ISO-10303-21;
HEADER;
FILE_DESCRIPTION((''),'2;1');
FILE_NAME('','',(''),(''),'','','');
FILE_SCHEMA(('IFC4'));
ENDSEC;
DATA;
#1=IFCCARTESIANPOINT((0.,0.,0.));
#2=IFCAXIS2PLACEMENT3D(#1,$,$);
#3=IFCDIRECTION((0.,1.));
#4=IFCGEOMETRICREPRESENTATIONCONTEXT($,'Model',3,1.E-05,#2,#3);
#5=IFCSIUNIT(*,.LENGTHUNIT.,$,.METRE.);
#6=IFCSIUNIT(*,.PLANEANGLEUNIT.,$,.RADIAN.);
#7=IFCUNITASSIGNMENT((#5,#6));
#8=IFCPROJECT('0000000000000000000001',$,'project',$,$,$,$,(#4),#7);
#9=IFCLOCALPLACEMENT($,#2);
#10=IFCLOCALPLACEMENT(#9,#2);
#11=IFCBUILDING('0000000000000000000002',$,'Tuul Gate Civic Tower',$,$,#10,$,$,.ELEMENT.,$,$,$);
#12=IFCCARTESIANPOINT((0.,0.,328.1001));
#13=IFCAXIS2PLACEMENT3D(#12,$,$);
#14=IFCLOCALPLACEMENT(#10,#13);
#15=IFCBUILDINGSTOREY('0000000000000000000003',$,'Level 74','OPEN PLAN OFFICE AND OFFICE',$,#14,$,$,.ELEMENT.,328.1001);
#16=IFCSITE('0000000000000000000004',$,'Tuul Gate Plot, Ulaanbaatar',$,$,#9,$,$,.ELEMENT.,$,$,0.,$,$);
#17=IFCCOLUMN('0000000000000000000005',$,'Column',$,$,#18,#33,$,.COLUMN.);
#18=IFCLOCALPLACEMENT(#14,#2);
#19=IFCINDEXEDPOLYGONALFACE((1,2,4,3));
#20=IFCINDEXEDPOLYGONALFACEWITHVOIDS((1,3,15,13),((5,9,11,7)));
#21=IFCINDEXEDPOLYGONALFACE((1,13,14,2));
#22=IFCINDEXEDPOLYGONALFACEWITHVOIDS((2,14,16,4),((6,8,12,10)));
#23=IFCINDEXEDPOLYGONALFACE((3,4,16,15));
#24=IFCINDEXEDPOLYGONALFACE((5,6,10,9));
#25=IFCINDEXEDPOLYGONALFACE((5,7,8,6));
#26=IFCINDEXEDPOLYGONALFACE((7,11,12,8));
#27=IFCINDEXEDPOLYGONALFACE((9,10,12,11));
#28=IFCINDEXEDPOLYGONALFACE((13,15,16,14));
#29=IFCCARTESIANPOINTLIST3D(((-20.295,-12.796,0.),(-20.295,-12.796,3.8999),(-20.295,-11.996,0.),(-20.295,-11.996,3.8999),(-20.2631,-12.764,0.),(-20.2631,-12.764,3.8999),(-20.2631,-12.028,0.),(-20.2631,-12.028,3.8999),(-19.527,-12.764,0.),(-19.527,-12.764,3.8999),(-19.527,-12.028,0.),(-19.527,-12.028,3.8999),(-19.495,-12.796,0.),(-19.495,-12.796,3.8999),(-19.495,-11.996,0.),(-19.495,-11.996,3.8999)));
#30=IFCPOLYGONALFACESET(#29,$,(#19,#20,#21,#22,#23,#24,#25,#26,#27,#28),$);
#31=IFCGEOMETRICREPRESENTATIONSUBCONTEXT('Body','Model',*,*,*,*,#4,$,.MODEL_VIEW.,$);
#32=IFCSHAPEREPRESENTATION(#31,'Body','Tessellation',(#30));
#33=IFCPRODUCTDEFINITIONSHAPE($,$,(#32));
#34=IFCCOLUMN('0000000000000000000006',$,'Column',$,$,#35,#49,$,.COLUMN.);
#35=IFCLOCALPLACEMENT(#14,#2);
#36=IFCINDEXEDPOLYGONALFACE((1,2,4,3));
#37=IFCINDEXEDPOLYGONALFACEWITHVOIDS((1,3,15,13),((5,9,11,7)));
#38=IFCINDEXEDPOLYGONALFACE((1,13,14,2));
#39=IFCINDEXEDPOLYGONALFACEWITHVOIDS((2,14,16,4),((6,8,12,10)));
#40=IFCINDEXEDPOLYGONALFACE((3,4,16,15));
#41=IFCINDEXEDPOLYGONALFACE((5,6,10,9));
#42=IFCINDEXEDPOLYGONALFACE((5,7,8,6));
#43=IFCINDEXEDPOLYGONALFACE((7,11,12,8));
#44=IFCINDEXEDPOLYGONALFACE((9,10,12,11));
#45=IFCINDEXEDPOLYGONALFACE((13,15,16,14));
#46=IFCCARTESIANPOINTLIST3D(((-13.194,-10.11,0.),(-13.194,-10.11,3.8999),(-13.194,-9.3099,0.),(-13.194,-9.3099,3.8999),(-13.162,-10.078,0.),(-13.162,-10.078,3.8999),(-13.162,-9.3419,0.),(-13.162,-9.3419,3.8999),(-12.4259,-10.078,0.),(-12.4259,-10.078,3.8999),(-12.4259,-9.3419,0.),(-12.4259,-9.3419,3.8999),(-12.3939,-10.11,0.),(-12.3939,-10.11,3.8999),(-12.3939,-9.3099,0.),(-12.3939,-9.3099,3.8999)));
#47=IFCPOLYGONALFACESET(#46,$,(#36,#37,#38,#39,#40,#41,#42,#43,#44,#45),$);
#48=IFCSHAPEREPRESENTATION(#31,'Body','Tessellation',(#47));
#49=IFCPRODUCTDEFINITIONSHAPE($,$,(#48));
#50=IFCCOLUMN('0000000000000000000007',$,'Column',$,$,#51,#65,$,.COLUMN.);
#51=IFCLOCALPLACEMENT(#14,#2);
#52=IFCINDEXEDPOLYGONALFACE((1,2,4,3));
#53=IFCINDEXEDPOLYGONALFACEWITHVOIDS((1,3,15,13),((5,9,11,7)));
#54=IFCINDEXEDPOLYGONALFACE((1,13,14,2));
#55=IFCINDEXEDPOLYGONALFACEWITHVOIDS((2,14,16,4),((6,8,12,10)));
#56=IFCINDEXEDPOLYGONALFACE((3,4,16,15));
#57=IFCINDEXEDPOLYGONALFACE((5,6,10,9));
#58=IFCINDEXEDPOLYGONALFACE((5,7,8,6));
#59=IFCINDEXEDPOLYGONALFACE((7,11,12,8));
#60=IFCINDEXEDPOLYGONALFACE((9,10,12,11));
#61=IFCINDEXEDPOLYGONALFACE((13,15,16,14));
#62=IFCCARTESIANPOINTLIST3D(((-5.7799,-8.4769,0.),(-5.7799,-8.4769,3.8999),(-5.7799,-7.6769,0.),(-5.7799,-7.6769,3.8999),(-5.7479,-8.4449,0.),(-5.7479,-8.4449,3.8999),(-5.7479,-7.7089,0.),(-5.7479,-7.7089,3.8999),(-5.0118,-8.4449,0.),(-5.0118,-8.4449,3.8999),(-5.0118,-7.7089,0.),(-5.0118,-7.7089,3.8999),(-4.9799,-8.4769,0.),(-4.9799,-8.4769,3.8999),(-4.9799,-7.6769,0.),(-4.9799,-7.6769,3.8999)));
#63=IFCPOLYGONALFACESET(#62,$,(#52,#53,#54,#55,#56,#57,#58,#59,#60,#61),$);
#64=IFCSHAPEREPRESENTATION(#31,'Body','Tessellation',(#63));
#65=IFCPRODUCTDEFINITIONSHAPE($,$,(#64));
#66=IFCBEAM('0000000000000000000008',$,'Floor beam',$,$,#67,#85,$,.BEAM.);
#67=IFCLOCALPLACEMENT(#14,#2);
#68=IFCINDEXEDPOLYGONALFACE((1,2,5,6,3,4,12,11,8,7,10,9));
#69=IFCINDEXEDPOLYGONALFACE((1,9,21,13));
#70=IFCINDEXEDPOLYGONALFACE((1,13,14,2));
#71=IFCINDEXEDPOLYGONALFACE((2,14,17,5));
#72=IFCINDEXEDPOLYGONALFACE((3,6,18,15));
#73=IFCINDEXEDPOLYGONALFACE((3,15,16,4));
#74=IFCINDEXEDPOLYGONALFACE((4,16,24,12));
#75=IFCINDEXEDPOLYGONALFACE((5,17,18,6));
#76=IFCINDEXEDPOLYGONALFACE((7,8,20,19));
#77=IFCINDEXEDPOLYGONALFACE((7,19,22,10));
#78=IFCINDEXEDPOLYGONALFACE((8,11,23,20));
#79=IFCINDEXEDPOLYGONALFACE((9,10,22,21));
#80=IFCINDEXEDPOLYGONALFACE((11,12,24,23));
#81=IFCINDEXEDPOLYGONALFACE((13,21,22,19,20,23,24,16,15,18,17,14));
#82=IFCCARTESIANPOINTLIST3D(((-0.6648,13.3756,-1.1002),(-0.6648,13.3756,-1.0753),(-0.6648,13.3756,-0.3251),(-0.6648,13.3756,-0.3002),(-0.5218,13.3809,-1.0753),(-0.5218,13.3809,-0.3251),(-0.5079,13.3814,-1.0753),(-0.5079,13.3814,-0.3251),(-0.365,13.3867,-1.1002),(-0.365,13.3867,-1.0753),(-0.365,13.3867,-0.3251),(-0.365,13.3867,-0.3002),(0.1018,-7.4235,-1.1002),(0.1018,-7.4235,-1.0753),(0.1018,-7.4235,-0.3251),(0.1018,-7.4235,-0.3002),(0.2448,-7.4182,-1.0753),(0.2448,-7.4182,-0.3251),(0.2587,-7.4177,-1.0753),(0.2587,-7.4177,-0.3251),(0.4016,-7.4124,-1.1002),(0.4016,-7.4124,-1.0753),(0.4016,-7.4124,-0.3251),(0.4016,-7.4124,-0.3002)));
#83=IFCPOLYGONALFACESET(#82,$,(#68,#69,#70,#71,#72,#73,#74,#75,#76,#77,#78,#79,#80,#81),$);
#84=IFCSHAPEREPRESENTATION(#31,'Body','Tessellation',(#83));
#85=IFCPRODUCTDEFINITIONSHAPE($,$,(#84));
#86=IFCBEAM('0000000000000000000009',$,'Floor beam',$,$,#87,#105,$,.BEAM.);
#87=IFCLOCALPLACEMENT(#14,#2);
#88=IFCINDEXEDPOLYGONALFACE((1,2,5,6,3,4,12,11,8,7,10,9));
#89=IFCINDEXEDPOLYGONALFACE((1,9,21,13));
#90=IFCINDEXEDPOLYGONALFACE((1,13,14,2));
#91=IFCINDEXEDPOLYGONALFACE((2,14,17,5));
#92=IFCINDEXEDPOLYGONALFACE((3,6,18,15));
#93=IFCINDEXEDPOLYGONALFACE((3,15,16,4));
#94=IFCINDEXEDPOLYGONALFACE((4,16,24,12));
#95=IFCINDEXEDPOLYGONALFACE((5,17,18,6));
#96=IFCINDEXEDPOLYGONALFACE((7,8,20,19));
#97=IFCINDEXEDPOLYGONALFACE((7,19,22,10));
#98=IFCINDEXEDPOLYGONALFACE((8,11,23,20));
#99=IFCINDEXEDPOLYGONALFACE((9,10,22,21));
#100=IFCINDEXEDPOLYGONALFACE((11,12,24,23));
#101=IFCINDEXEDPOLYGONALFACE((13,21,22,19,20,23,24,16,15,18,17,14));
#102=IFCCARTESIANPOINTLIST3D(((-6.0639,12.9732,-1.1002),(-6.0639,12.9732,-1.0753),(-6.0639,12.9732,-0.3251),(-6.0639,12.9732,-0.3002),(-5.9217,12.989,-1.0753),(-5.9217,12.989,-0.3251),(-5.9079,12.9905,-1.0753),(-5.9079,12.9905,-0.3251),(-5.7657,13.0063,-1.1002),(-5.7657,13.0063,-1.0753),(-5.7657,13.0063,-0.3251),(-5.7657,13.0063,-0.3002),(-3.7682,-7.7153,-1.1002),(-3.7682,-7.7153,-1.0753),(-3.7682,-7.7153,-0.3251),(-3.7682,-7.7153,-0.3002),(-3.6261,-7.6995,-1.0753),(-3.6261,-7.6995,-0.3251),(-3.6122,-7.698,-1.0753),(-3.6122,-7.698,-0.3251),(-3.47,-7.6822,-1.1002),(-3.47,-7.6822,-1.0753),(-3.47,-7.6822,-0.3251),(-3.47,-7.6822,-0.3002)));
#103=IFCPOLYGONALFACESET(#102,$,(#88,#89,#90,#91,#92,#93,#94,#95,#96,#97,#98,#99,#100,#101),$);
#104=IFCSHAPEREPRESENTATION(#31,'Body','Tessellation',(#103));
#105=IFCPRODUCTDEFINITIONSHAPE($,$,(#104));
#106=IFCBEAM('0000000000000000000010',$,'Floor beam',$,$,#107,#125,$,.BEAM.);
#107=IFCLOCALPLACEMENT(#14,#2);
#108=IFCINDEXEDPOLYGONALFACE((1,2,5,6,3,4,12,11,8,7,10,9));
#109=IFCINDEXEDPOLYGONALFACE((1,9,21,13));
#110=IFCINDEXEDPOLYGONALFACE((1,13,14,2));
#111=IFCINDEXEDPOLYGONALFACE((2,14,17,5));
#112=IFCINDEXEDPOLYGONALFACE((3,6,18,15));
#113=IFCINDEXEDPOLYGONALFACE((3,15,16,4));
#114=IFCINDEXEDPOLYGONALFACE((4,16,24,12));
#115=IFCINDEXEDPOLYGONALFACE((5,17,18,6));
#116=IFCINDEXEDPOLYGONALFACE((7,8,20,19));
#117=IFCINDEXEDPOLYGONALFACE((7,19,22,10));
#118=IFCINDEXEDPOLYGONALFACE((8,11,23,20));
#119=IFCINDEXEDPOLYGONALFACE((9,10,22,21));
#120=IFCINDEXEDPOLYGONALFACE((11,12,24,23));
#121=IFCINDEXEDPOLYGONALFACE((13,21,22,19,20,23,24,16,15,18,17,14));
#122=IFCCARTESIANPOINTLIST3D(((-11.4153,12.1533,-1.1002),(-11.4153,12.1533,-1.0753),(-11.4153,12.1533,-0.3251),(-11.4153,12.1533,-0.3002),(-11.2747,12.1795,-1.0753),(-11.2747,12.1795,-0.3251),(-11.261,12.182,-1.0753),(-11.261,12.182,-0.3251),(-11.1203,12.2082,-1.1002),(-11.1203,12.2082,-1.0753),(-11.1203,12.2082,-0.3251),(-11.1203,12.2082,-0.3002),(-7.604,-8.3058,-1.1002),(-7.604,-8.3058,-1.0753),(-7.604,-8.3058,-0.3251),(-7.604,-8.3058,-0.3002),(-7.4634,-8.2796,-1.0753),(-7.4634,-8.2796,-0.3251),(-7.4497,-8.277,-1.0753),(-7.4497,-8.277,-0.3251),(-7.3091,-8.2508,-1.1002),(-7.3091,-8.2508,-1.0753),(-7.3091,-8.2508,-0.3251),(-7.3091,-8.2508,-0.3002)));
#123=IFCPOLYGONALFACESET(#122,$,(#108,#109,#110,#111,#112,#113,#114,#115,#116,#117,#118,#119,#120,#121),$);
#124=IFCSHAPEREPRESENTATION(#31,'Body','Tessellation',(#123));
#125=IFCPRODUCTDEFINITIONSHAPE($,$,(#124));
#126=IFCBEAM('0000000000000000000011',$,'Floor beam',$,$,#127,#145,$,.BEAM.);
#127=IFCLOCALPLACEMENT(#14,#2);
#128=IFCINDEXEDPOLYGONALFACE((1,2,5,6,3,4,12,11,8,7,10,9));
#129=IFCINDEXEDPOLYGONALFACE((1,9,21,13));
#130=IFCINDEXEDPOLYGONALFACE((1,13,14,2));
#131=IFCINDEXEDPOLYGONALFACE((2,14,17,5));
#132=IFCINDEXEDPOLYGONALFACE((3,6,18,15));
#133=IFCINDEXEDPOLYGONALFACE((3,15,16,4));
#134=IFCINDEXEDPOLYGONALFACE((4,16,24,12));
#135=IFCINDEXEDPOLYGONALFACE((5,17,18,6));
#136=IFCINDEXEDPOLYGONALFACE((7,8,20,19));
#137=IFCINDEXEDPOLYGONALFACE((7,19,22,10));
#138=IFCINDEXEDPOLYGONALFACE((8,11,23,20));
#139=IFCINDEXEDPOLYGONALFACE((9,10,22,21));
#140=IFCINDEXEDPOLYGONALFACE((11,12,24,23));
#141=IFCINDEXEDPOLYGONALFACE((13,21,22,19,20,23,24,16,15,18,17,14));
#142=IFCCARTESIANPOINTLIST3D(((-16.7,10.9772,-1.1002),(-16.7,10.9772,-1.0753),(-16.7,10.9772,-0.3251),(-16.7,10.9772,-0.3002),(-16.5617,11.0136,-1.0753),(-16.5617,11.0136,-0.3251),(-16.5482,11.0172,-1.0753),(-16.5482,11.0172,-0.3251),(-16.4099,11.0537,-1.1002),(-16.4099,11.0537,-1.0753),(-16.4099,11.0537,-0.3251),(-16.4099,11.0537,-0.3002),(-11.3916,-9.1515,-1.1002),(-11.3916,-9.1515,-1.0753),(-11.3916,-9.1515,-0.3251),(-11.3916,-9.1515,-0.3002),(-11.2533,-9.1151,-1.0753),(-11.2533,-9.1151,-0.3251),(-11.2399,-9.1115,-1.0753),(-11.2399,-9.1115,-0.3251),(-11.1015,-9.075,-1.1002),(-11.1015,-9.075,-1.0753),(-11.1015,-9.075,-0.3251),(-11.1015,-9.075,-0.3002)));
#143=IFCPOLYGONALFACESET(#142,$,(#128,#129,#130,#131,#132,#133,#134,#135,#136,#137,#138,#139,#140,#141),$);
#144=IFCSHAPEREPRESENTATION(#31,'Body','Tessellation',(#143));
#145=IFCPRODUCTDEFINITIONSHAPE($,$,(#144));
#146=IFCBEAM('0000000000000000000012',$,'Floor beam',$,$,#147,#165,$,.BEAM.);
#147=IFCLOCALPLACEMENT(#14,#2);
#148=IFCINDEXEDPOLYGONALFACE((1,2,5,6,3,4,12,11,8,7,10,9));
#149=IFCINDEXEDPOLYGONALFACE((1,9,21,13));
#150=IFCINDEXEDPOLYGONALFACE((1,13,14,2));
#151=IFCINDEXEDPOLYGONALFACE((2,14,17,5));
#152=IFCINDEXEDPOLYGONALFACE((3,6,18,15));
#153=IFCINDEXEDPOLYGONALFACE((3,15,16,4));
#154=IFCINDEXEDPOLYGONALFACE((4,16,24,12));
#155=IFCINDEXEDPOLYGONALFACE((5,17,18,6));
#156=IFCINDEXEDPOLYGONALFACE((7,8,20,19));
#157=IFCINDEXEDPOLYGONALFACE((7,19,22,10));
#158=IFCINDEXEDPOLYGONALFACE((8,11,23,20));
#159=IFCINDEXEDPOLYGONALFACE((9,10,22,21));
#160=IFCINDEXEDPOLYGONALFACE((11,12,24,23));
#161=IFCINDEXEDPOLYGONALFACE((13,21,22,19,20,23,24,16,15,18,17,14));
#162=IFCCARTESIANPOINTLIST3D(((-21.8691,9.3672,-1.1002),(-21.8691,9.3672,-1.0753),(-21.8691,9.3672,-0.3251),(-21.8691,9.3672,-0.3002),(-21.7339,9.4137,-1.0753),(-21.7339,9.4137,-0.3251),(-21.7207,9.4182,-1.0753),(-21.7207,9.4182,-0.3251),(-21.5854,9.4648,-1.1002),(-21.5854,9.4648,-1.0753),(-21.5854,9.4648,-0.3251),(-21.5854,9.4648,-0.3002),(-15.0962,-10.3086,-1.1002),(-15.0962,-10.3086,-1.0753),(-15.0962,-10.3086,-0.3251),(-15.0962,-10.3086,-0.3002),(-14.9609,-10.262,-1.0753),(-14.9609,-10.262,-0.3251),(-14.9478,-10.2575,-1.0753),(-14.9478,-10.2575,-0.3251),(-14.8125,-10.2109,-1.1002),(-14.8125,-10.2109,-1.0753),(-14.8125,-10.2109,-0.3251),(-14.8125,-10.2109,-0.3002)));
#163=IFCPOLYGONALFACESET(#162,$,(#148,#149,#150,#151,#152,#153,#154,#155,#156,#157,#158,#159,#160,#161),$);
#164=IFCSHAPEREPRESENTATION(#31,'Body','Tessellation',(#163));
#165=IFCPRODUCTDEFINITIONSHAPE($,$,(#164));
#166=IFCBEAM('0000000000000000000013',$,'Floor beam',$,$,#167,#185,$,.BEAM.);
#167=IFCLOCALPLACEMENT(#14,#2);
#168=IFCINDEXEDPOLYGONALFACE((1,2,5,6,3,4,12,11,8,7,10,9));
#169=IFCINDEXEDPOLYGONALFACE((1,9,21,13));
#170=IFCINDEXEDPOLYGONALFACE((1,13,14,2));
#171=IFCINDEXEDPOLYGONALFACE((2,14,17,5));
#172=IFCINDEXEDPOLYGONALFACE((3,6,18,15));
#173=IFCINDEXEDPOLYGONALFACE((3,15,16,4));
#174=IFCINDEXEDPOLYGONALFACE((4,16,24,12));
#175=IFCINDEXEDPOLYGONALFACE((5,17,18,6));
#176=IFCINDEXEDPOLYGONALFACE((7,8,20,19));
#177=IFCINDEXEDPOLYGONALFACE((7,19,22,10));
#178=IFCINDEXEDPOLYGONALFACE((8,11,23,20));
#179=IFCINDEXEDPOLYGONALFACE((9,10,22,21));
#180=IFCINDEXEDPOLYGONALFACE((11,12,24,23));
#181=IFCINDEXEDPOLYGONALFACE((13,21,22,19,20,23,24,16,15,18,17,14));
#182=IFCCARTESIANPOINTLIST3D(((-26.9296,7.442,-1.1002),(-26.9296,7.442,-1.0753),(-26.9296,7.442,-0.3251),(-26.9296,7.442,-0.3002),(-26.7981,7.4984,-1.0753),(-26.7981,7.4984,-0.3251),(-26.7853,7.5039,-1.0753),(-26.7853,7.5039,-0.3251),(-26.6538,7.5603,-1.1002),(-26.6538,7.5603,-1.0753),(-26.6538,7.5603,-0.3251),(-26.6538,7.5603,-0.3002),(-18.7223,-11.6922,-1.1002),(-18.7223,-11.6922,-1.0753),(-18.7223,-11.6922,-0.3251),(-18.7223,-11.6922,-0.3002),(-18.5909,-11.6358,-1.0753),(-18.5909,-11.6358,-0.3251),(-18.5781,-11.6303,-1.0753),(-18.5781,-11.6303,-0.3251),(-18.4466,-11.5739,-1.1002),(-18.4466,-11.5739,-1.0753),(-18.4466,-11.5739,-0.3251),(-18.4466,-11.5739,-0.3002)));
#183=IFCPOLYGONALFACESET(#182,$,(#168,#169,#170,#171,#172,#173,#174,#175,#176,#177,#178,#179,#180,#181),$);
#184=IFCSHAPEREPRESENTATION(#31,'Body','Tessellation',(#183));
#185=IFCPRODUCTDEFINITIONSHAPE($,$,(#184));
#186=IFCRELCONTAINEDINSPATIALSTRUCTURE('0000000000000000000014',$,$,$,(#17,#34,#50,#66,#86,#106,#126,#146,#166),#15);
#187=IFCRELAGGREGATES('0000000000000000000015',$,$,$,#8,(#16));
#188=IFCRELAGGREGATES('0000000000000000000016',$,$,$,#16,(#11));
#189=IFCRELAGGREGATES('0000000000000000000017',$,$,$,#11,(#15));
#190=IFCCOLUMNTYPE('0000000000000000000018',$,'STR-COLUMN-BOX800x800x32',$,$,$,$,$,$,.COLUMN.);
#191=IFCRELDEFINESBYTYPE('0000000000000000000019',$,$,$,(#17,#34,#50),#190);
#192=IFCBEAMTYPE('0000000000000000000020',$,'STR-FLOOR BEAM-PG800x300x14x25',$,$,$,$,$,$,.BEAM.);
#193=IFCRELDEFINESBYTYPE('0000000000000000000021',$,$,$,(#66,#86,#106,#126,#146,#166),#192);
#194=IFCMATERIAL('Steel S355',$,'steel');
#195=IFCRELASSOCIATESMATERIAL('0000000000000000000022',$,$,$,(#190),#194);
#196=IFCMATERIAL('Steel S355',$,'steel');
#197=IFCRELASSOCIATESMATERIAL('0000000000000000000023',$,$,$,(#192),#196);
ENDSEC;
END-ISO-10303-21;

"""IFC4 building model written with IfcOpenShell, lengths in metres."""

from ifc_helpers import new_model, si_unit, direction, frame, origin, origin_2d, place, context, subcontext, project, spatial, hollow_rectangle, i_section, extrude, material, material_profile, profile_set, type_object, element, save


model = new_model("IFC4")

# Units and contexts
model_context = context("Model", 3, precision=1e-05, world=origin(), true_north=direction((0.0, 1.0)))
body_context = subcontext(model_context, "Body", "Model", "MODEL_VIEW")
ifc_project = project(units=[si_unit("LENGTHUNIT", "METRE"), si_unit("PLANEANGLEUNIT", "RADIAN")], contexts=[model_context])

# Site, building, storey
site_placement = place(None, origin())
site = spatial("IfcSite", under=ifc_project, at=site_placement, Name="Tuul Gate Plot, Ulaanbaatar", CompositionType="ELEMENT", RefElevation=0.0)
building_placement = place(site_placement, origin())
building = spatial("IfcBuilding", under=site, at=building_placement, Name="Tuul Gate Civic Tower", CompositionType="ELEMENT")
storey_placement = place(building_placement, frame((0.0, 0.0, 328.1001)))
storey = spatial("IfcBuildingStorey", under=building, at=storey_placement, Name="Level 74", Description="OPEN PLAN OFFICE AND OFFICE", CompositionType="ELEMENT", Elevation=328.1001)

# Columns
ifc_material_1 = material(Name="Steel S355", Category="steel")
ifc_material_profile_1 = material_profile(ifc_material_1, hollow_rectangle(XDim=0.8, YDim=0.8, WallThickness=0.032, at=origin_2d()), Name="BOX800x800x32")
ifc_profile_set_1 = profile_set([ifc_material_profile_1], Name="Steel S355")
column_type = type_object("IfcColumnType", Name="STR-COLUMN-BOX800x800x32", PredefinedType="COLUMN", material=ifc_profile_set_1)
for number, where, z_axis, x_axis, name in (
    (1, (-19.895, -12.396, 0.0), (0.0, 0.0, 1.0), (1.0, 0.0, 0.0), "Column"),
    (2, (-12.7939, -9.71, 0.0), (0.0, 0.0, 1.0), (1.0, 0.0, 0.0), "Column"),
    (3, (-5.3799, -8.0769, 0.0), (0.0, 0.0, 1.0), (1.0, 0.0, 0.0), "Column"),
):
    element("IfcColumn", number, at=place(storey_placement, frame(where, z_axis=z_axis, x_axis=x_axis)), inside=storey, type_object=column_type, Name=name, PredefinedType="COLUMN", context=body_context, shape_type="SweptSolid", body=[
        extrude(hollow_rectangle(XDim=0.8, YDim=0.8, WallThickness=0.032, at=origin_2d()), origin(), (0.0, 0.0, 1.0), 3.8999),
    ])

# Beams
ifc_material_2 = material(Name="Steel S355", Category="steel")
ifc_material_profile_2 = material_profile(ifc_material_2, i_section(OverallWidth=0.3, OverallDepth=0.8, WebThickness=0.0139, FlangeThickness=0.0249, at=origin_2d()), Name="PG800x300x14x25")
ifc_profile_set_2 = profile_set([ifc_material_profile_2], Name="Steel S355")
beam_type_1 = type_object("IfcBeamType", Name="STR-FLOOR BEAM-PG800x300x14x25", PredefinedType="BEAM", material=ifc_profile_set_2)
beam_1_placement = place(storey_placement, frame((0.2517, -7.418, -0.7002), z_axis=(-0.036832, 0.999321, 0.0), x_axis=(-0.999321, -0.036832, 0.0)))
element("IfcBeam", 4, at=beam_1_placement, inside=storey, type_object=beam_type_1, Name="Floor beam", PredefinedType="BEAM", context=body_context, shape_type="SweptSolid", body=[
    extrude(i_section(OverallWidth=0.3, OverallDepth=0.8, WebThickness=0.0139, FlangeThickness=0.0249, at=origin_2d()), origin(), (0.0, 0.0, 1.0), 20.8132),
])
beam_2_placement = place(storey_placement, frame((-3.6191, -7.6987, -0.7002), z_axis=(-0.110286, 0.9939, 0.0), x_axis=(-0.9939, -0.110286, 0.0)))
element("IfcBeam", 5, at=beam_2_placement, inside=storey, type_object=beam_type_1, Name="Floor beam", PredefinedType="BEAM", context=body_context, shape_type="SweptSolid", body=[
    extrude(i_section(OverallWidth=0.3, OverallDepth=0.8, WebThickness=0.0139, FlangeThickness=0.0249, at=origin_2d()), origin(), (0.0, 0.0, 1.0), 20.8154),
])
beam_3_placement = place(storey_placement, frame((-7.4565, -8.2783, -0.7002), z_axis=(-0.183138, 0.983087, 0.0), x_axis=(-0.983087, -0.183138, 0.0)))
element("IfcBeam", 6, at=beam_3_placement, inside=storey, type_object=beam_type_1, Name="Floor beam", PredefinedType="BEAM", context=body_context, shape_type="SweptSolid", body=[
    extrude(i_section(OverallWidth=0.3, OverallDepth=0.8, WebThickness=0.0139, FlangeThickness=0.0249, at=origin_2d()), origin(), (0.0, 0.0, 1.0), 20.811),
])
beam_4_placement = place(storey_placement, frame((-11.2466, -9.1133, -0.7002), z_axis=(-0.255002, 0.96694, 0.0), x_axis=(-0.96694, -0.255002, 0.0)))
element("IfcBeam", 7, at=beam_4_placement, inside=storey, type_object=beam_type_1, Name="Floor beam", PredefinedType="BEAM", context=body_context, shape_type="SweptSolid", body=[
    extrude(i_section(OverallWidth=0.3, OverallDepth=0.8, WebThickness=0.0139, FlangeThickness=0.0249, at=origin_2d()), origin(), (0.0, 0.0, 1.0), 20.8169),
])
beam_5_placement = place(storey_placement, frame((-14.9543, -10.2598, -0.7002), z_axis=(-0.325484, 0.945548, 0.0), x_axis=(-0.945548, -0.325484, 0.0)))
element("IfcBeam", 8, at=beam_5_placement, inside=storey, type_object=beam_type_1, Name="Floor beam", PredefinedType="BEAM", context=body_context, shape_type="SweptSolid", body=[
    extrude(i_section(OverallWidth=0.3, OverallDepth=0.8, WebThickness=0.0139, FlangeThickness=0.0249, at=origin_2d()), origin(), (0.0, 0.0, 1.0), 20.8088),
])
beam_6_placement = place(storey_placement, frame((-18.5845, -11.6331, -0.7002), z_axis=(-0.394198, 0.919026, 0.0), x_axis=(-0.919026, -0.394198, 0.0)))
element("IfcBeam", 9, at=beam_6_placement, inside=storey, type_object=beam_type_1, Name="Floor beam", PredefinedType="BEAM", context=body_context, shape_type="SweptSolid", body=[
    extrude(i_section(OverallWidth=0.3, OverallDepth=0.8, WebThickness=0.0139, FlangeThickness=0.0249, at=origin_2d()), origin(), (0.0, 0.0, 1.0), 20.8201),
])

save(model, "model.ifc")
